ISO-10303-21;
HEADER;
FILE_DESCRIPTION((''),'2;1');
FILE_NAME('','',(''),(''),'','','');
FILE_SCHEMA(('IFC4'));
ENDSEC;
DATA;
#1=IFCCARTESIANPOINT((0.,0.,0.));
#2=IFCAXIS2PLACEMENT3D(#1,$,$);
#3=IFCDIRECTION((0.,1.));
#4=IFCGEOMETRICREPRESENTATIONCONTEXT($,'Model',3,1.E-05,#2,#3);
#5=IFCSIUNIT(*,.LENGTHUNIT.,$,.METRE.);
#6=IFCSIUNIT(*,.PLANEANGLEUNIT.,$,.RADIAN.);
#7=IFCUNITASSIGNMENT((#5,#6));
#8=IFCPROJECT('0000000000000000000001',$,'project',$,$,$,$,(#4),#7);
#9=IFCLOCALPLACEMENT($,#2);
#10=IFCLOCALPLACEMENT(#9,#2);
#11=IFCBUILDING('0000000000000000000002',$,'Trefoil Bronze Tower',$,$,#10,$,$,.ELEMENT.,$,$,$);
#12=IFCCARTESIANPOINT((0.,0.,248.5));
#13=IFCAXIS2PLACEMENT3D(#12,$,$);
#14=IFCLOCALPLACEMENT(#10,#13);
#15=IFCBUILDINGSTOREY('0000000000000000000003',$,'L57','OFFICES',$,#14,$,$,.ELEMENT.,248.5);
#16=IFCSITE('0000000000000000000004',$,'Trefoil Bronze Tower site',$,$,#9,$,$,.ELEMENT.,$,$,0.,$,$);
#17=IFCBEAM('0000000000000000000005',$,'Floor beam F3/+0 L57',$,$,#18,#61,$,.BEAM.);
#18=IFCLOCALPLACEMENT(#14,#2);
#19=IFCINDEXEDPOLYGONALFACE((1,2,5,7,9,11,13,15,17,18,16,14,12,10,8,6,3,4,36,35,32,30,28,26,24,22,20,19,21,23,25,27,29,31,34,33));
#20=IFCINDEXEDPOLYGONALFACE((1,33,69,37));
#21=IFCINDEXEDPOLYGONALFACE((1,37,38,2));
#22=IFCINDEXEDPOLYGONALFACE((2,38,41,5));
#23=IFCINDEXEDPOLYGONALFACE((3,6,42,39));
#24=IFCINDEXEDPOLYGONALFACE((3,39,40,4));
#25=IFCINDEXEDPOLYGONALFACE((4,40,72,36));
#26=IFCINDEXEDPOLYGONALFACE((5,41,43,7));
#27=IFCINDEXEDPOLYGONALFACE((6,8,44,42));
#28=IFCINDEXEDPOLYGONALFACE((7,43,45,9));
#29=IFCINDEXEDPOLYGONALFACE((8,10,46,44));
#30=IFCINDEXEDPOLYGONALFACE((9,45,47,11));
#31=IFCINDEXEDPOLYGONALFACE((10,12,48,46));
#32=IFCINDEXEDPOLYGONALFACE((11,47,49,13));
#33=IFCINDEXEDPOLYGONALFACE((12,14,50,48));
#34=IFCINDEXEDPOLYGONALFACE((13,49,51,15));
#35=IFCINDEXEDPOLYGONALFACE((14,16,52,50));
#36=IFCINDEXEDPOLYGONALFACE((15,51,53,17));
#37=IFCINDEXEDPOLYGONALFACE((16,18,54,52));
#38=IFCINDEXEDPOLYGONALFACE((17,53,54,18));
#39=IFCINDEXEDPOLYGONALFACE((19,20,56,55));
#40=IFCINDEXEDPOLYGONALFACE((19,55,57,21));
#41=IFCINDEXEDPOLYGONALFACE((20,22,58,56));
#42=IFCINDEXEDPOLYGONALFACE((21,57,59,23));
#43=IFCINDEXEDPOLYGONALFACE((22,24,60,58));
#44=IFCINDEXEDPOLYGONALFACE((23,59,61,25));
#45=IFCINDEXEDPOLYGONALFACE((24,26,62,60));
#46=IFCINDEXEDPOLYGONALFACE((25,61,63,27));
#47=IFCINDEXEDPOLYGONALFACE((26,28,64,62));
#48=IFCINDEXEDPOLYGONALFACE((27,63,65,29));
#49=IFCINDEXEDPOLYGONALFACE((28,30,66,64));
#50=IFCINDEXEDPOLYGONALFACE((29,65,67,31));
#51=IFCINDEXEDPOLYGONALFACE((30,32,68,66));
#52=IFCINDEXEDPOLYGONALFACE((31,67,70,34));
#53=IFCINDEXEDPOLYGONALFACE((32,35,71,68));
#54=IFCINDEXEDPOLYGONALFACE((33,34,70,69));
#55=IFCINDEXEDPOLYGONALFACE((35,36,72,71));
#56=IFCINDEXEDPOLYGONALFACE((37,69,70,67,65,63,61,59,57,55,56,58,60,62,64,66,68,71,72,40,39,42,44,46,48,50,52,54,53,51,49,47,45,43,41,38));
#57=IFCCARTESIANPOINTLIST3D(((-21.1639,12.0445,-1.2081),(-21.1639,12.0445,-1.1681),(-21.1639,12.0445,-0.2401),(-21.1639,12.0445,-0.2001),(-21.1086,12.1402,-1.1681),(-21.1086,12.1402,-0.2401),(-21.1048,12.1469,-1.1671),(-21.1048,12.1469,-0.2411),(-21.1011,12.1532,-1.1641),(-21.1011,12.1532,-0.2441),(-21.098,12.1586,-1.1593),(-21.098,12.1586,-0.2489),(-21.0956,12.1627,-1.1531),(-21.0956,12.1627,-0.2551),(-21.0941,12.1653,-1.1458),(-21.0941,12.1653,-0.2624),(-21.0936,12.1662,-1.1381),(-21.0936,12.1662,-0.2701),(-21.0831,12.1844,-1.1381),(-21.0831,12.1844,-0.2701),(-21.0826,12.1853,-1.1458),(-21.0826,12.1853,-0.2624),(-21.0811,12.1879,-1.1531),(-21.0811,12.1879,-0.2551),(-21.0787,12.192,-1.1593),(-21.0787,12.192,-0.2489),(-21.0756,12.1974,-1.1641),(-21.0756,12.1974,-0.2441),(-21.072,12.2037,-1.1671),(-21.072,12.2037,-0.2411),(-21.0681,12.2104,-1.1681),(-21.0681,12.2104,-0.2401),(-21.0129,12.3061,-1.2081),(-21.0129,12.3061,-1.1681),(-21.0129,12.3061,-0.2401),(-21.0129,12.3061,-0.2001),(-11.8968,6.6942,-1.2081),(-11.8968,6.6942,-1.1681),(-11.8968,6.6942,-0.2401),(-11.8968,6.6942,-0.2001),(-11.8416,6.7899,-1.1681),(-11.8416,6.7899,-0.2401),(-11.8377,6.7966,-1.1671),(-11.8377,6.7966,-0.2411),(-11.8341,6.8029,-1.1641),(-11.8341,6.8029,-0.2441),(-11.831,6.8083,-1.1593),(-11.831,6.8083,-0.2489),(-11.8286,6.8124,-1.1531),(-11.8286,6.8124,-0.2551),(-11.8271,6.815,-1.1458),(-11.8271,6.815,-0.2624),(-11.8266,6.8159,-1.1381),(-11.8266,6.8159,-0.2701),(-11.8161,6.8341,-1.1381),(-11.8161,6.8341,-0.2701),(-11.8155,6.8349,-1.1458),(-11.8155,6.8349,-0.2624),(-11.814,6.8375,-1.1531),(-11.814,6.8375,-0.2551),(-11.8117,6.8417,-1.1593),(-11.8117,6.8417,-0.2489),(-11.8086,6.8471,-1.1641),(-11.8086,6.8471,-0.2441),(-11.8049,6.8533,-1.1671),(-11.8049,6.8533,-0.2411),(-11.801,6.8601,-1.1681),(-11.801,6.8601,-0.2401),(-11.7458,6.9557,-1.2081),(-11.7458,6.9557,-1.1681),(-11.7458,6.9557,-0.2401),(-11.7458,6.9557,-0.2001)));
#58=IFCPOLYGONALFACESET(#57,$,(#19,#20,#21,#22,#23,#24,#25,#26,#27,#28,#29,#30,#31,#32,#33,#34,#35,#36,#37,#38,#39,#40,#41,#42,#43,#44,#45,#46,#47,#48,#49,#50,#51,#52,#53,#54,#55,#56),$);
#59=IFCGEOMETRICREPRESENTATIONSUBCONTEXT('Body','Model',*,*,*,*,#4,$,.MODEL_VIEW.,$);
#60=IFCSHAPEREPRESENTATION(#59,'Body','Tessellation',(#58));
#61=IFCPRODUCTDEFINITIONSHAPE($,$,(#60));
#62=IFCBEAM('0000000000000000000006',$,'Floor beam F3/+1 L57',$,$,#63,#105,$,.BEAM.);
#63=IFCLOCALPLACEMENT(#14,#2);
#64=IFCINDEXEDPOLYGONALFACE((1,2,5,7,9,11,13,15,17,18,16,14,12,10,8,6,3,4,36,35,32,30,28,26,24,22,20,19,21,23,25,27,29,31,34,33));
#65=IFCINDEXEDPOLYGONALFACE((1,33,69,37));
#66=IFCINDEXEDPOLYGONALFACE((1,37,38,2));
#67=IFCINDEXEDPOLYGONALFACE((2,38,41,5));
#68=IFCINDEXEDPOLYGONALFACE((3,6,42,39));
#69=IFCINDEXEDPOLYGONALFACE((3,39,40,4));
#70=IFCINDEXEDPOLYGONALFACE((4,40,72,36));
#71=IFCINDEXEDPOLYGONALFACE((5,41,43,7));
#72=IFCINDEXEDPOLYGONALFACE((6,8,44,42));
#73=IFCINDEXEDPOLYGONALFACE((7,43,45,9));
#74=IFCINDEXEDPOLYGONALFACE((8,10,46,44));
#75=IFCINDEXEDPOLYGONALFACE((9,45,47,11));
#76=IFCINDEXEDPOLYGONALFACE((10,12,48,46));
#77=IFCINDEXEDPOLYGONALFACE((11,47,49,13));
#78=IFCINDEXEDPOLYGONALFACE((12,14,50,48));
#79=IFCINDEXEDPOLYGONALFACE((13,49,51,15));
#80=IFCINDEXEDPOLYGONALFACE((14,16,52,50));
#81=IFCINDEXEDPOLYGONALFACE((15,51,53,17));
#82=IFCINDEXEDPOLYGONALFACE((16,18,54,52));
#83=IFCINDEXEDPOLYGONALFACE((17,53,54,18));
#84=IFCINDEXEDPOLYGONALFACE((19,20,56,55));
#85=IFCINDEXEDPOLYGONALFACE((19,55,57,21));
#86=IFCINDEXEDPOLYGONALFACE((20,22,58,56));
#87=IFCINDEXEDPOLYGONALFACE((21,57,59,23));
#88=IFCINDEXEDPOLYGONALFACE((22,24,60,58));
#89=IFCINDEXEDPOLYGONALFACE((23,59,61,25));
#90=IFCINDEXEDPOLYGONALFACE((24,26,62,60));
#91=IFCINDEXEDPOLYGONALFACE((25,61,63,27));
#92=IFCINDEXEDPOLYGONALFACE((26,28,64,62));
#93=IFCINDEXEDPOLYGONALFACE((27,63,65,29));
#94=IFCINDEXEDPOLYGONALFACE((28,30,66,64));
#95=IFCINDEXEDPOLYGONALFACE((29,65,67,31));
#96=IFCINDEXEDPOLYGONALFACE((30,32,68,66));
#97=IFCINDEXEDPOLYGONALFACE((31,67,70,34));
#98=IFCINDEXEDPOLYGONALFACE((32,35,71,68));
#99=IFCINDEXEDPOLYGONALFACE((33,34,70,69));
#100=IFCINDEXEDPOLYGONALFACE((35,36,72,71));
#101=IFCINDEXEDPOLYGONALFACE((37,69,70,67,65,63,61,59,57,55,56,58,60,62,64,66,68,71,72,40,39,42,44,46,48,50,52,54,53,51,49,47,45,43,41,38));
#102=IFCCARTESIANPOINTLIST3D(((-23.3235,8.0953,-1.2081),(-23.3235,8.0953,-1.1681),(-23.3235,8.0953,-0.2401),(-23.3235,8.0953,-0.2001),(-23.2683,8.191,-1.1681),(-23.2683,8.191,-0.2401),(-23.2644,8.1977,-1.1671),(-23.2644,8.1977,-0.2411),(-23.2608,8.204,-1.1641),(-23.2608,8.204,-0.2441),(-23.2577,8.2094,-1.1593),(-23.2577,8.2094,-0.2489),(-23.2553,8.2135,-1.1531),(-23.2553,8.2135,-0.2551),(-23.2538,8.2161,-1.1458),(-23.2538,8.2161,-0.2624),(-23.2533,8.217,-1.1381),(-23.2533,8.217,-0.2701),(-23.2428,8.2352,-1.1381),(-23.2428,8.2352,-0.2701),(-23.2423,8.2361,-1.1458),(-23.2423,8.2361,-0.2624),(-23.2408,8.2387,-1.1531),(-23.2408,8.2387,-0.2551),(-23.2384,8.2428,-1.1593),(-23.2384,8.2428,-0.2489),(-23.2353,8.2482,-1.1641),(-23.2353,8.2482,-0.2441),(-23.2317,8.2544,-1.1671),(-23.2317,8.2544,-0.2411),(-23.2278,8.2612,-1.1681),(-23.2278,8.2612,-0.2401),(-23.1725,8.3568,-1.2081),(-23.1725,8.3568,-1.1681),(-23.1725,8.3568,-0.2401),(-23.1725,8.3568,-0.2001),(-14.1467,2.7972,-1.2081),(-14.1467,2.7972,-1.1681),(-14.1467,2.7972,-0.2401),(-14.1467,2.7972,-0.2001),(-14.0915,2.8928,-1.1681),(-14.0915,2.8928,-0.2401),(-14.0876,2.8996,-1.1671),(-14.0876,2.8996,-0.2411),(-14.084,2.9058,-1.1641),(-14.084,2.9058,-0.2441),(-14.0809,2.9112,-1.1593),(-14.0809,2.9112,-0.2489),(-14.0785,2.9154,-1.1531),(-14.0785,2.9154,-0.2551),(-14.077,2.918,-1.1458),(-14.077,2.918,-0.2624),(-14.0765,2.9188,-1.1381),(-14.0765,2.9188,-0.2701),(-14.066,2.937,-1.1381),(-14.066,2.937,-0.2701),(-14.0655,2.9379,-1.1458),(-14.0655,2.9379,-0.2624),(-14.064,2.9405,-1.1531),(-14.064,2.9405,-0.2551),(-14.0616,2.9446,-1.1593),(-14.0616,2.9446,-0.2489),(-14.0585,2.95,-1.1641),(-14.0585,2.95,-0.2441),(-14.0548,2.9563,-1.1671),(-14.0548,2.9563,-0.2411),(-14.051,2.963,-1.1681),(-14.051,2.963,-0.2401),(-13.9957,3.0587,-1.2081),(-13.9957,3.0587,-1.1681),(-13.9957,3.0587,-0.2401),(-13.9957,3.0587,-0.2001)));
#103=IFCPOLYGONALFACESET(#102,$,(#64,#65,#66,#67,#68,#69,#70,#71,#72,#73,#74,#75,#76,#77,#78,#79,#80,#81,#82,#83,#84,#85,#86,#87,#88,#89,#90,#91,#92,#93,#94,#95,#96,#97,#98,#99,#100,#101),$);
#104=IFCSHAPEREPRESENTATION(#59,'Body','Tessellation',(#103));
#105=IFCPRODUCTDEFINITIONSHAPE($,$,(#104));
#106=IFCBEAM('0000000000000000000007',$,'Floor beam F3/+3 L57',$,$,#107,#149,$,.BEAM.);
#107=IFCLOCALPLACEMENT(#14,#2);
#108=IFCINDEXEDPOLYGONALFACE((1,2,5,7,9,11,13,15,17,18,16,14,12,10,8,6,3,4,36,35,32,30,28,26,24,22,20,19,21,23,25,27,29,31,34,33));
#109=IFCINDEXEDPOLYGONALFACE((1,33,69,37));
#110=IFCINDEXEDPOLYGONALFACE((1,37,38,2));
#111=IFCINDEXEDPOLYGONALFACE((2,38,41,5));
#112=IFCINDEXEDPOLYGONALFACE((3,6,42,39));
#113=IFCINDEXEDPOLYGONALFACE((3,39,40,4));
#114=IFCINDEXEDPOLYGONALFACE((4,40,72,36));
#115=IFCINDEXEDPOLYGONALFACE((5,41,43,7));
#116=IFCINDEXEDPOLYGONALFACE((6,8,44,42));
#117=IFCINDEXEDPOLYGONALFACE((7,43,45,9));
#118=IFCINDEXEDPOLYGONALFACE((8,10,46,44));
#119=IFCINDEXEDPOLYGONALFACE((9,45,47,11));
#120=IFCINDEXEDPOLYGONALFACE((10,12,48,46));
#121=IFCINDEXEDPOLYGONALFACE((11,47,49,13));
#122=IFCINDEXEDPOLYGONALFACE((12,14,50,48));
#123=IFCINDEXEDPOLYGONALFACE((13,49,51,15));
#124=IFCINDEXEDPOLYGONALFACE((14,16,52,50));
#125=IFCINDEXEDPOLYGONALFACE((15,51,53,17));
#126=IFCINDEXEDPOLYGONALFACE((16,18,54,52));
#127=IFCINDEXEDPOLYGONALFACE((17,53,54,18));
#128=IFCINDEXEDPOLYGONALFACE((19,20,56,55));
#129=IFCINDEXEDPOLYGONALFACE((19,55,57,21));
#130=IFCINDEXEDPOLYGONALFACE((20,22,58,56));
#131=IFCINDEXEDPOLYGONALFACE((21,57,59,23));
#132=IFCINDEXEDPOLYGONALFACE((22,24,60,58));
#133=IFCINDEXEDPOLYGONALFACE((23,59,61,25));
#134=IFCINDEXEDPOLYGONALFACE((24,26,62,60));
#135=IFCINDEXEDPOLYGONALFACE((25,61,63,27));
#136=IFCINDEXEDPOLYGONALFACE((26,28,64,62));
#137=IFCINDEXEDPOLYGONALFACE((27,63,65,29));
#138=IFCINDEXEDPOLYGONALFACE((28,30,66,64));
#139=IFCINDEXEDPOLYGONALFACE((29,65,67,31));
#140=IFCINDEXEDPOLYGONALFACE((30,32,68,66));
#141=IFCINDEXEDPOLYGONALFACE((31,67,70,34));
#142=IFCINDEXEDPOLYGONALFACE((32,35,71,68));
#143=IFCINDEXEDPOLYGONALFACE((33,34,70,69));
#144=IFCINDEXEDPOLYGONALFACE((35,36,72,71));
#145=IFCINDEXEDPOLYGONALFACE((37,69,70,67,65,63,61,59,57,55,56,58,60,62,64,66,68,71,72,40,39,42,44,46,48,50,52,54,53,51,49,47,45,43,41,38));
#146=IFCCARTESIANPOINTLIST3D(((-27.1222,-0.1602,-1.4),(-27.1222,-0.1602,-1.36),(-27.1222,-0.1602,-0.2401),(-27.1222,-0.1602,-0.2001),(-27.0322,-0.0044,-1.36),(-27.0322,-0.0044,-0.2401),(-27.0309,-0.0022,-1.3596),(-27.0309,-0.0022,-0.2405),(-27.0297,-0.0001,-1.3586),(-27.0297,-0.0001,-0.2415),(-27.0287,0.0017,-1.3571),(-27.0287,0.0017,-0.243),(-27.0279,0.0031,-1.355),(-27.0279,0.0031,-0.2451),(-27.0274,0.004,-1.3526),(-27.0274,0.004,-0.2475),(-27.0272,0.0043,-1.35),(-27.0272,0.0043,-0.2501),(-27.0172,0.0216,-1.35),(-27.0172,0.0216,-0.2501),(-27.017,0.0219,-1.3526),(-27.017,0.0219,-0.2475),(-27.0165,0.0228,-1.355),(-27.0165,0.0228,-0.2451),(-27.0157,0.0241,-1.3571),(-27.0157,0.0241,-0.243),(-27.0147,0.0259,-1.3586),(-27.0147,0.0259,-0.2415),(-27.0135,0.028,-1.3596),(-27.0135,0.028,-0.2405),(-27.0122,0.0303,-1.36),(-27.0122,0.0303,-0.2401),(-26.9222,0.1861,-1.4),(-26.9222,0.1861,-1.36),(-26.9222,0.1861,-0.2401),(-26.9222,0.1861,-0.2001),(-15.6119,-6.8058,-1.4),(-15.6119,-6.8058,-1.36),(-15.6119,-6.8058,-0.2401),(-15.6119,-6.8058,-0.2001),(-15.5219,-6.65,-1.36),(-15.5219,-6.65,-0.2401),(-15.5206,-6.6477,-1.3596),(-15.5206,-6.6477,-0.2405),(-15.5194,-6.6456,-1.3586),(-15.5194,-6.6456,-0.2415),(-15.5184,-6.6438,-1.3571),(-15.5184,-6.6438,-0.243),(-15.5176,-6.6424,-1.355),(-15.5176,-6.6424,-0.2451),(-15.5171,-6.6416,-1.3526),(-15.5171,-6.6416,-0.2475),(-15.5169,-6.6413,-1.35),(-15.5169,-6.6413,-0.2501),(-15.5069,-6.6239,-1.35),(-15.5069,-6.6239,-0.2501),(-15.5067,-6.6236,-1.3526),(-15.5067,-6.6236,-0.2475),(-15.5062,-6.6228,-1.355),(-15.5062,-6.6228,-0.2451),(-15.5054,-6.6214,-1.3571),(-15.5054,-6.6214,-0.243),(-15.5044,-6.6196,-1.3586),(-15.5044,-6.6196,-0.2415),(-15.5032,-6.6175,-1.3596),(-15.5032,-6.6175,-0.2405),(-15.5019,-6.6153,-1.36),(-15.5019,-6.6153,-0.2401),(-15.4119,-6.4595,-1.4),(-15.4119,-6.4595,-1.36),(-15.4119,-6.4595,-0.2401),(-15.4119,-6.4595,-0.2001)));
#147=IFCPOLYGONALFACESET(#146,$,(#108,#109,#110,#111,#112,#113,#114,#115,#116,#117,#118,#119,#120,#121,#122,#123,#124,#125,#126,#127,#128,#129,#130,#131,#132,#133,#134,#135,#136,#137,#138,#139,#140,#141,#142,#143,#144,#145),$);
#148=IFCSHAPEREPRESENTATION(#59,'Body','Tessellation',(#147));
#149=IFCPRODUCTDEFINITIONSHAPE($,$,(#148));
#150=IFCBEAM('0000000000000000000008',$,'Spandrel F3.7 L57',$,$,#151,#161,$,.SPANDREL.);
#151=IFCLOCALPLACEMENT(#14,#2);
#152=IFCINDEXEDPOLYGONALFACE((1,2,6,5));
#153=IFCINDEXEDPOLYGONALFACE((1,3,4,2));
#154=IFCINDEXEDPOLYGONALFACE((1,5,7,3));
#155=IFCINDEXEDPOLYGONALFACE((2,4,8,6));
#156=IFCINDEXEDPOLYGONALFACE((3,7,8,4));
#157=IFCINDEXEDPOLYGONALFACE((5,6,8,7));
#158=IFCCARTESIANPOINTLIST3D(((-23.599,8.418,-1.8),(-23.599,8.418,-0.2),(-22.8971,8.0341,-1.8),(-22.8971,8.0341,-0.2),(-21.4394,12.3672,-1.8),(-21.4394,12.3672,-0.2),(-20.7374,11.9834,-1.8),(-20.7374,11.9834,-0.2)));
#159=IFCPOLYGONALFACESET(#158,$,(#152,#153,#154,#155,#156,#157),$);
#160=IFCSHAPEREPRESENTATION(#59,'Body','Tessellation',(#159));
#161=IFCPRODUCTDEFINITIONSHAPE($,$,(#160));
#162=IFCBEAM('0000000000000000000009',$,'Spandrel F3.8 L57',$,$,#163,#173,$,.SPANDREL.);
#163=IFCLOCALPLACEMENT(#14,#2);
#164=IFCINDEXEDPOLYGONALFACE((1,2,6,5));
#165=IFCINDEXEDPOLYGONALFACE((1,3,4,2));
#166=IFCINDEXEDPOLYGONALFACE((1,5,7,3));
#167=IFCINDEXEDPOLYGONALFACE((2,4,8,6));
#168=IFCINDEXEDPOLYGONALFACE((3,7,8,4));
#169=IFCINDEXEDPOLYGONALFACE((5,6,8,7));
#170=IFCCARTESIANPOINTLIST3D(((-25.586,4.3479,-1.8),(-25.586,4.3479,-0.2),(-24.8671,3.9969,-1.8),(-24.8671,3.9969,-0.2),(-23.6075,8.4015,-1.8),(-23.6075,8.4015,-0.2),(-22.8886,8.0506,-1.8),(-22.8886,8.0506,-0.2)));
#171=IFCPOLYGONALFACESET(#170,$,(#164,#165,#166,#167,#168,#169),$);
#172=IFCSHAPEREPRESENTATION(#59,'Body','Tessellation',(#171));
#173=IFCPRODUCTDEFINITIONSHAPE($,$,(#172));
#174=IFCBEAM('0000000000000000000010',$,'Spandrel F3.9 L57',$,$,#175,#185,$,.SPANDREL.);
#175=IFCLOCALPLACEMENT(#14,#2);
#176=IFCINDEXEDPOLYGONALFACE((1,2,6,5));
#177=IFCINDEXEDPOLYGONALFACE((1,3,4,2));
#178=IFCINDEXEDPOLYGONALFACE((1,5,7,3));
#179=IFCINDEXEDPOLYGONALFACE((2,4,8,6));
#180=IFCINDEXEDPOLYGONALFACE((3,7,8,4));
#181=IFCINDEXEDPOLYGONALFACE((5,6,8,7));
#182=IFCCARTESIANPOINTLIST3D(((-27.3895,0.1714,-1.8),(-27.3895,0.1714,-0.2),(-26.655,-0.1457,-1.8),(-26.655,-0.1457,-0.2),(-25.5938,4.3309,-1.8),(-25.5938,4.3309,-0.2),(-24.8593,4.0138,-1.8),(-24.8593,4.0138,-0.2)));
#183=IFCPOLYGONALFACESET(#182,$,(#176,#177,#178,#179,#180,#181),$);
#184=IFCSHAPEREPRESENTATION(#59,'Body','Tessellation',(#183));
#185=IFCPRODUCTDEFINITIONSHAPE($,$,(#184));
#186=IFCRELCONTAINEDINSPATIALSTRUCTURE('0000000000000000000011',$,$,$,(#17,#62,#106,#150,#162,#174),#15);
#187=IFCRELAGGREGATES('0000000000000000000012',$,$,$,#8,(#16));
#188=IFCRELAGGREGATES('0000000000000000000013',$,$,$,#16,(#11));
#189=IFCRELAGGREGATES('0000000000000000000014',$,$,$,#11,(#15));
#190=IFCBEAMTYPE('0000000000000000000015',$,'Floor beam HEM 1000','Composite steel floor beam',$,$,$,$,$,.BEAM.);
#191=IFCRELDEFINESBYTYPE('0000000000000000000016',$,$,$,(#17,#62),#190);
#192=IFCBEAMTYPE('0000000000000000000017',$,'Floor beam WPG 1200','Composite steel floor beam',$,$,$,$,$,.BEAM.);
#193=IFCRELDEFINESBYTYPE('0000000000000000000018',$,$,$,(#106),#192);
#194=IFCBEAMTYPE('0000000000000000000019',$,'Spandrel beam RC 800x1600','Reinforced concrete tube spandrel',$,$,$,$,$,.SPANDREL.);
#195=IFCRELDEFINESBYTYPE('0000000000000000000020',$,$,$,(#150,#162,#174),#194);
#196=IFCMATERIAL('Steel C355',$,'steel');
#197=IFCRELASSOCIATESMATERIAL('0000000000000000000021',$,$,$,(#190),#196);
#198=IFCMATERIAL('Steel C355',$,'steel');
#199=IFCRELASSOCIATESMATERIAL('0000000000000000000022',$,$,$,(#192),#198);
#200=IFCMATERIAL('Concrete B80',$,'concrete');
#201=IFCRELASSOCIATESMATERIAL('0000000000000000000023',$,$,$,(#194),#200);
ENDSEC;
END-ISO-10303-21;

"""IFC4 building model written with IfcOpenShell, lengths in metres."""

from ifc_helpers import new_model, si_unit, direction, frame, origin, origin_2d, place, context, subcontext, project, spatial, rectangle, i_section, extrude, material, material_profile, profile_set, type_object, element, save


model = new_model("IFC4")

# Units and contexts
model_context = context("Model", 3, precision=1e-05, world=origin(), true_north=direction((0.0, 1.0)))
body_context = subcontext(model_context, "Body", "Model", "MODEL_VIEW")
ifc_project = project(units=[si_unit("LENGTHUNIT", "METRE"), si_unit("PLANEANGLEUNIT", "RADIAN")], contexts=[model_context])

# Site, building, storey
site_placement = place(None, origin())
site = spatial("IfcSite", under=ifc_project, at=site_placement, Name="Trefoil Bronze Tower site", CompositionType="ELEMENT", RefElevation=0.0)
building_placement = place(site_placement, origin())
building = spatial("IfcBuilding", under=site, at=building_placement, Name="Trefoil Bronze Tower", CompositionType="ELEMENT")
storey_placement = place(building_placement, frame((0.0, 0.0, 248.5)))
storey = spatial("IfcBuildingStorey", under=building, at=storey_placement, Name="L57", Description="OFFICES", CompositionType="ELEMENT", Elevation=248.5)

# Beams
ifc_material_1 = material(Name="Steel C355", Category="steel")
ifc_material_profile_1 = material_profile(ifc_material_1, i_section(OverallWidth=0.302, OverallDepth=1.0081, WebThickness=0.021, FlangeThickness=0.04, FilletRadius=0.03, at=origin_2d()), Name="HEM 1000")
ifc_profile_set_1 = profile_set([ifc_material_profile_1], Name="Steel C355")
beam_type_1 = type_object("IfcBeamType", Name="Floor beam HEM 1000", Description="Composite steel floor beam", PredefinedType="BEAM", material=ifc_profile_set_1)
beam_1_placement = place(storey_placement, frame((-21.0884, 12.1753, -0.7041), z_axis=(0.866026, -0.499999, 0.0), x_axis=(0.499999, 0.866026, 0.0)))
element("IfcBeam", 1, at=beam_1_placement, inside=storey, type_object=beam_type_1, Name="Floor beam F3/+0 L57", PredefinedType="BEAM", context=body_context, shape_type="SweptSolid", body=[
    extrude(i_section(OverallWidth=0.302, OverallDepth=1.0081, WebThickness=0.021, FlangeThickness=0.04, FilletRadius=0.03, at=origin_2d()), origin(), (0.0, 0.0, 1.0), 10.7007),
])
beam_2_placement = place(storey_placement, frame((-23.248, 8.2261, -0.7041), z_axis=(0.86603, -0.499992, 0.0), x_axis=(0.499992, 0.86603, 0.0)))
element("IfcBeam", 2, at=beam_2_placement, inside=storey, type_object=beam_type_1, Name="Floor beam F3/+1 L57", PredefinedType="BEAM", context=body_context, shape_type="SweptSolid", body=[
    extrude(i_section(OverallWidth=0.302, OverallDepth=1.0081, WebThickness=0.021, FlangeThickness=0.04, FilletRadius=0.03, at=origin_2d()), origin(), (0.0, 0.0, 1.0), 10.5964),
])
ifc_material_2 = material(Name="Steel C355", Category="steel")
ifc_material_profile_2 = material_profile(ifc_material_2, i_section(OverallWidth=0.3999, OverallDepth=1.2, WebThickness=0.02, FlangeThickness=0.04, FilletRadius=0.01, at=origin_2d()), Name="WPG 1200")
ifc_profile_set_2 = profile_set([ifc_material_profile_2], Name="Steel C355")
beam_type_2 = type_object("IfcBeamType", Name="Floor beam WPG 1200", Description="Composite steel floor beam", PredefinedType="BEAM", material=ifc_profile_set_2)
beam_3_placement = place(storey_placement, frame((-27.0222, 0.0129, -0.8), z_axis=(0.866023, -0.500003, 0.0), x_axis=(0.500003, 0.866023, 0.0)))
element("IfcBeam", 3, at=beam_3_placement, inside=storey, type_object=beam_type_2, Name="Floor beam F3/+3 L57", PredefinedType="BEAM", context=body_context, shape_type="SweptSolid", body=[
    extrude(i_section(OverallWidth=0.3999, OverallDepth=1.2, WebThickness=0.02, FlangeThickness=0.04, FilletRadius=0.01, at=origin_2d()), origin(), (0.0, 0.0, 1.0), 13.291),
])
ifc_material_3 = material(Name="Concrete B80", Category="concrete")
ifc_material_profile_3 = material_profile(ifc_material_3, rectangle(XDim=0.8, YDim=1.6001, at=origin_2d()), Name="RC 800x1600")
ifc_profile_set_3 = profile_set([ifc_material_profile_3], Name="Concrete B80")
beam_type_3 = type_object("IfcBeamType", Name="Spandrel beam RC 800x1600", Description="Reinforced concrete tube spandrel", PredefinedType="SPANDREL", material=ifc_profile_set_3)
beam_4_placement = place(storey_placement, frame((-21.0884, 12.1753, -1.0), z_axis=(-0.479802, -0.877377, 0.0), x_axis=(0.877377, -0.479802, 0.0)))
element("IfcBeam", 4, at=beam_4_placement, inside=storey, type_object=beam_type_3, Name="Spandrel F3.7 L57", PredefinedType="SPANDREL", context=body_context, shape_type="SweptSolid", body=[
    extrude(rectangle(XDim=0.8, YDim=1.6001, at=origin_2d()), origin(), (0.0, 0.0, 1.0), 4.5012),
])
beam_5_placement = place(storey_placement, frame((-23.248, 8.2261, -1.0), z_axis=(-0.43862, -0.898673, 0.0), x_axis=(0.898673, -0.43862, 0.0)))
element("IfcBeam", 5, at=beam_5_placement, inside=storey, type_object=beam_type_3, Name="Spandrel F3.8 L57", PredefinedType="SPANDREL", context=body_context, shape_type="SweptSolid", body=[
    extrude(rectangle(XDim=0.8, YDim=1.6001, at=origin_2d()), origin(), (0.0, 0.0, 1.0), 4.5107),
])
beam_6_placement = place(storey_placement, frame((-25.2266, 4.1724, -1.0), z_axis=(-0.39635, -0.918099, 0.0), x_axis=(0.918099, -0.39635, 0.0)))
element("IfcBeam", 6, at=beam_6_placement, inside=storey, type_object=beam_type_3, Name="Spandrel F3.9 L57", PredefinedType="SPANDREL", context=body_context, shape_type="SweptSolid", body=[
    extrude(rectangle(XDim=0.8, YDim=1.6001, at=origin_2d()), origin(), (0.0, 0.0, 1.0), 4.5305),
])

save(model, "model.ifc")
